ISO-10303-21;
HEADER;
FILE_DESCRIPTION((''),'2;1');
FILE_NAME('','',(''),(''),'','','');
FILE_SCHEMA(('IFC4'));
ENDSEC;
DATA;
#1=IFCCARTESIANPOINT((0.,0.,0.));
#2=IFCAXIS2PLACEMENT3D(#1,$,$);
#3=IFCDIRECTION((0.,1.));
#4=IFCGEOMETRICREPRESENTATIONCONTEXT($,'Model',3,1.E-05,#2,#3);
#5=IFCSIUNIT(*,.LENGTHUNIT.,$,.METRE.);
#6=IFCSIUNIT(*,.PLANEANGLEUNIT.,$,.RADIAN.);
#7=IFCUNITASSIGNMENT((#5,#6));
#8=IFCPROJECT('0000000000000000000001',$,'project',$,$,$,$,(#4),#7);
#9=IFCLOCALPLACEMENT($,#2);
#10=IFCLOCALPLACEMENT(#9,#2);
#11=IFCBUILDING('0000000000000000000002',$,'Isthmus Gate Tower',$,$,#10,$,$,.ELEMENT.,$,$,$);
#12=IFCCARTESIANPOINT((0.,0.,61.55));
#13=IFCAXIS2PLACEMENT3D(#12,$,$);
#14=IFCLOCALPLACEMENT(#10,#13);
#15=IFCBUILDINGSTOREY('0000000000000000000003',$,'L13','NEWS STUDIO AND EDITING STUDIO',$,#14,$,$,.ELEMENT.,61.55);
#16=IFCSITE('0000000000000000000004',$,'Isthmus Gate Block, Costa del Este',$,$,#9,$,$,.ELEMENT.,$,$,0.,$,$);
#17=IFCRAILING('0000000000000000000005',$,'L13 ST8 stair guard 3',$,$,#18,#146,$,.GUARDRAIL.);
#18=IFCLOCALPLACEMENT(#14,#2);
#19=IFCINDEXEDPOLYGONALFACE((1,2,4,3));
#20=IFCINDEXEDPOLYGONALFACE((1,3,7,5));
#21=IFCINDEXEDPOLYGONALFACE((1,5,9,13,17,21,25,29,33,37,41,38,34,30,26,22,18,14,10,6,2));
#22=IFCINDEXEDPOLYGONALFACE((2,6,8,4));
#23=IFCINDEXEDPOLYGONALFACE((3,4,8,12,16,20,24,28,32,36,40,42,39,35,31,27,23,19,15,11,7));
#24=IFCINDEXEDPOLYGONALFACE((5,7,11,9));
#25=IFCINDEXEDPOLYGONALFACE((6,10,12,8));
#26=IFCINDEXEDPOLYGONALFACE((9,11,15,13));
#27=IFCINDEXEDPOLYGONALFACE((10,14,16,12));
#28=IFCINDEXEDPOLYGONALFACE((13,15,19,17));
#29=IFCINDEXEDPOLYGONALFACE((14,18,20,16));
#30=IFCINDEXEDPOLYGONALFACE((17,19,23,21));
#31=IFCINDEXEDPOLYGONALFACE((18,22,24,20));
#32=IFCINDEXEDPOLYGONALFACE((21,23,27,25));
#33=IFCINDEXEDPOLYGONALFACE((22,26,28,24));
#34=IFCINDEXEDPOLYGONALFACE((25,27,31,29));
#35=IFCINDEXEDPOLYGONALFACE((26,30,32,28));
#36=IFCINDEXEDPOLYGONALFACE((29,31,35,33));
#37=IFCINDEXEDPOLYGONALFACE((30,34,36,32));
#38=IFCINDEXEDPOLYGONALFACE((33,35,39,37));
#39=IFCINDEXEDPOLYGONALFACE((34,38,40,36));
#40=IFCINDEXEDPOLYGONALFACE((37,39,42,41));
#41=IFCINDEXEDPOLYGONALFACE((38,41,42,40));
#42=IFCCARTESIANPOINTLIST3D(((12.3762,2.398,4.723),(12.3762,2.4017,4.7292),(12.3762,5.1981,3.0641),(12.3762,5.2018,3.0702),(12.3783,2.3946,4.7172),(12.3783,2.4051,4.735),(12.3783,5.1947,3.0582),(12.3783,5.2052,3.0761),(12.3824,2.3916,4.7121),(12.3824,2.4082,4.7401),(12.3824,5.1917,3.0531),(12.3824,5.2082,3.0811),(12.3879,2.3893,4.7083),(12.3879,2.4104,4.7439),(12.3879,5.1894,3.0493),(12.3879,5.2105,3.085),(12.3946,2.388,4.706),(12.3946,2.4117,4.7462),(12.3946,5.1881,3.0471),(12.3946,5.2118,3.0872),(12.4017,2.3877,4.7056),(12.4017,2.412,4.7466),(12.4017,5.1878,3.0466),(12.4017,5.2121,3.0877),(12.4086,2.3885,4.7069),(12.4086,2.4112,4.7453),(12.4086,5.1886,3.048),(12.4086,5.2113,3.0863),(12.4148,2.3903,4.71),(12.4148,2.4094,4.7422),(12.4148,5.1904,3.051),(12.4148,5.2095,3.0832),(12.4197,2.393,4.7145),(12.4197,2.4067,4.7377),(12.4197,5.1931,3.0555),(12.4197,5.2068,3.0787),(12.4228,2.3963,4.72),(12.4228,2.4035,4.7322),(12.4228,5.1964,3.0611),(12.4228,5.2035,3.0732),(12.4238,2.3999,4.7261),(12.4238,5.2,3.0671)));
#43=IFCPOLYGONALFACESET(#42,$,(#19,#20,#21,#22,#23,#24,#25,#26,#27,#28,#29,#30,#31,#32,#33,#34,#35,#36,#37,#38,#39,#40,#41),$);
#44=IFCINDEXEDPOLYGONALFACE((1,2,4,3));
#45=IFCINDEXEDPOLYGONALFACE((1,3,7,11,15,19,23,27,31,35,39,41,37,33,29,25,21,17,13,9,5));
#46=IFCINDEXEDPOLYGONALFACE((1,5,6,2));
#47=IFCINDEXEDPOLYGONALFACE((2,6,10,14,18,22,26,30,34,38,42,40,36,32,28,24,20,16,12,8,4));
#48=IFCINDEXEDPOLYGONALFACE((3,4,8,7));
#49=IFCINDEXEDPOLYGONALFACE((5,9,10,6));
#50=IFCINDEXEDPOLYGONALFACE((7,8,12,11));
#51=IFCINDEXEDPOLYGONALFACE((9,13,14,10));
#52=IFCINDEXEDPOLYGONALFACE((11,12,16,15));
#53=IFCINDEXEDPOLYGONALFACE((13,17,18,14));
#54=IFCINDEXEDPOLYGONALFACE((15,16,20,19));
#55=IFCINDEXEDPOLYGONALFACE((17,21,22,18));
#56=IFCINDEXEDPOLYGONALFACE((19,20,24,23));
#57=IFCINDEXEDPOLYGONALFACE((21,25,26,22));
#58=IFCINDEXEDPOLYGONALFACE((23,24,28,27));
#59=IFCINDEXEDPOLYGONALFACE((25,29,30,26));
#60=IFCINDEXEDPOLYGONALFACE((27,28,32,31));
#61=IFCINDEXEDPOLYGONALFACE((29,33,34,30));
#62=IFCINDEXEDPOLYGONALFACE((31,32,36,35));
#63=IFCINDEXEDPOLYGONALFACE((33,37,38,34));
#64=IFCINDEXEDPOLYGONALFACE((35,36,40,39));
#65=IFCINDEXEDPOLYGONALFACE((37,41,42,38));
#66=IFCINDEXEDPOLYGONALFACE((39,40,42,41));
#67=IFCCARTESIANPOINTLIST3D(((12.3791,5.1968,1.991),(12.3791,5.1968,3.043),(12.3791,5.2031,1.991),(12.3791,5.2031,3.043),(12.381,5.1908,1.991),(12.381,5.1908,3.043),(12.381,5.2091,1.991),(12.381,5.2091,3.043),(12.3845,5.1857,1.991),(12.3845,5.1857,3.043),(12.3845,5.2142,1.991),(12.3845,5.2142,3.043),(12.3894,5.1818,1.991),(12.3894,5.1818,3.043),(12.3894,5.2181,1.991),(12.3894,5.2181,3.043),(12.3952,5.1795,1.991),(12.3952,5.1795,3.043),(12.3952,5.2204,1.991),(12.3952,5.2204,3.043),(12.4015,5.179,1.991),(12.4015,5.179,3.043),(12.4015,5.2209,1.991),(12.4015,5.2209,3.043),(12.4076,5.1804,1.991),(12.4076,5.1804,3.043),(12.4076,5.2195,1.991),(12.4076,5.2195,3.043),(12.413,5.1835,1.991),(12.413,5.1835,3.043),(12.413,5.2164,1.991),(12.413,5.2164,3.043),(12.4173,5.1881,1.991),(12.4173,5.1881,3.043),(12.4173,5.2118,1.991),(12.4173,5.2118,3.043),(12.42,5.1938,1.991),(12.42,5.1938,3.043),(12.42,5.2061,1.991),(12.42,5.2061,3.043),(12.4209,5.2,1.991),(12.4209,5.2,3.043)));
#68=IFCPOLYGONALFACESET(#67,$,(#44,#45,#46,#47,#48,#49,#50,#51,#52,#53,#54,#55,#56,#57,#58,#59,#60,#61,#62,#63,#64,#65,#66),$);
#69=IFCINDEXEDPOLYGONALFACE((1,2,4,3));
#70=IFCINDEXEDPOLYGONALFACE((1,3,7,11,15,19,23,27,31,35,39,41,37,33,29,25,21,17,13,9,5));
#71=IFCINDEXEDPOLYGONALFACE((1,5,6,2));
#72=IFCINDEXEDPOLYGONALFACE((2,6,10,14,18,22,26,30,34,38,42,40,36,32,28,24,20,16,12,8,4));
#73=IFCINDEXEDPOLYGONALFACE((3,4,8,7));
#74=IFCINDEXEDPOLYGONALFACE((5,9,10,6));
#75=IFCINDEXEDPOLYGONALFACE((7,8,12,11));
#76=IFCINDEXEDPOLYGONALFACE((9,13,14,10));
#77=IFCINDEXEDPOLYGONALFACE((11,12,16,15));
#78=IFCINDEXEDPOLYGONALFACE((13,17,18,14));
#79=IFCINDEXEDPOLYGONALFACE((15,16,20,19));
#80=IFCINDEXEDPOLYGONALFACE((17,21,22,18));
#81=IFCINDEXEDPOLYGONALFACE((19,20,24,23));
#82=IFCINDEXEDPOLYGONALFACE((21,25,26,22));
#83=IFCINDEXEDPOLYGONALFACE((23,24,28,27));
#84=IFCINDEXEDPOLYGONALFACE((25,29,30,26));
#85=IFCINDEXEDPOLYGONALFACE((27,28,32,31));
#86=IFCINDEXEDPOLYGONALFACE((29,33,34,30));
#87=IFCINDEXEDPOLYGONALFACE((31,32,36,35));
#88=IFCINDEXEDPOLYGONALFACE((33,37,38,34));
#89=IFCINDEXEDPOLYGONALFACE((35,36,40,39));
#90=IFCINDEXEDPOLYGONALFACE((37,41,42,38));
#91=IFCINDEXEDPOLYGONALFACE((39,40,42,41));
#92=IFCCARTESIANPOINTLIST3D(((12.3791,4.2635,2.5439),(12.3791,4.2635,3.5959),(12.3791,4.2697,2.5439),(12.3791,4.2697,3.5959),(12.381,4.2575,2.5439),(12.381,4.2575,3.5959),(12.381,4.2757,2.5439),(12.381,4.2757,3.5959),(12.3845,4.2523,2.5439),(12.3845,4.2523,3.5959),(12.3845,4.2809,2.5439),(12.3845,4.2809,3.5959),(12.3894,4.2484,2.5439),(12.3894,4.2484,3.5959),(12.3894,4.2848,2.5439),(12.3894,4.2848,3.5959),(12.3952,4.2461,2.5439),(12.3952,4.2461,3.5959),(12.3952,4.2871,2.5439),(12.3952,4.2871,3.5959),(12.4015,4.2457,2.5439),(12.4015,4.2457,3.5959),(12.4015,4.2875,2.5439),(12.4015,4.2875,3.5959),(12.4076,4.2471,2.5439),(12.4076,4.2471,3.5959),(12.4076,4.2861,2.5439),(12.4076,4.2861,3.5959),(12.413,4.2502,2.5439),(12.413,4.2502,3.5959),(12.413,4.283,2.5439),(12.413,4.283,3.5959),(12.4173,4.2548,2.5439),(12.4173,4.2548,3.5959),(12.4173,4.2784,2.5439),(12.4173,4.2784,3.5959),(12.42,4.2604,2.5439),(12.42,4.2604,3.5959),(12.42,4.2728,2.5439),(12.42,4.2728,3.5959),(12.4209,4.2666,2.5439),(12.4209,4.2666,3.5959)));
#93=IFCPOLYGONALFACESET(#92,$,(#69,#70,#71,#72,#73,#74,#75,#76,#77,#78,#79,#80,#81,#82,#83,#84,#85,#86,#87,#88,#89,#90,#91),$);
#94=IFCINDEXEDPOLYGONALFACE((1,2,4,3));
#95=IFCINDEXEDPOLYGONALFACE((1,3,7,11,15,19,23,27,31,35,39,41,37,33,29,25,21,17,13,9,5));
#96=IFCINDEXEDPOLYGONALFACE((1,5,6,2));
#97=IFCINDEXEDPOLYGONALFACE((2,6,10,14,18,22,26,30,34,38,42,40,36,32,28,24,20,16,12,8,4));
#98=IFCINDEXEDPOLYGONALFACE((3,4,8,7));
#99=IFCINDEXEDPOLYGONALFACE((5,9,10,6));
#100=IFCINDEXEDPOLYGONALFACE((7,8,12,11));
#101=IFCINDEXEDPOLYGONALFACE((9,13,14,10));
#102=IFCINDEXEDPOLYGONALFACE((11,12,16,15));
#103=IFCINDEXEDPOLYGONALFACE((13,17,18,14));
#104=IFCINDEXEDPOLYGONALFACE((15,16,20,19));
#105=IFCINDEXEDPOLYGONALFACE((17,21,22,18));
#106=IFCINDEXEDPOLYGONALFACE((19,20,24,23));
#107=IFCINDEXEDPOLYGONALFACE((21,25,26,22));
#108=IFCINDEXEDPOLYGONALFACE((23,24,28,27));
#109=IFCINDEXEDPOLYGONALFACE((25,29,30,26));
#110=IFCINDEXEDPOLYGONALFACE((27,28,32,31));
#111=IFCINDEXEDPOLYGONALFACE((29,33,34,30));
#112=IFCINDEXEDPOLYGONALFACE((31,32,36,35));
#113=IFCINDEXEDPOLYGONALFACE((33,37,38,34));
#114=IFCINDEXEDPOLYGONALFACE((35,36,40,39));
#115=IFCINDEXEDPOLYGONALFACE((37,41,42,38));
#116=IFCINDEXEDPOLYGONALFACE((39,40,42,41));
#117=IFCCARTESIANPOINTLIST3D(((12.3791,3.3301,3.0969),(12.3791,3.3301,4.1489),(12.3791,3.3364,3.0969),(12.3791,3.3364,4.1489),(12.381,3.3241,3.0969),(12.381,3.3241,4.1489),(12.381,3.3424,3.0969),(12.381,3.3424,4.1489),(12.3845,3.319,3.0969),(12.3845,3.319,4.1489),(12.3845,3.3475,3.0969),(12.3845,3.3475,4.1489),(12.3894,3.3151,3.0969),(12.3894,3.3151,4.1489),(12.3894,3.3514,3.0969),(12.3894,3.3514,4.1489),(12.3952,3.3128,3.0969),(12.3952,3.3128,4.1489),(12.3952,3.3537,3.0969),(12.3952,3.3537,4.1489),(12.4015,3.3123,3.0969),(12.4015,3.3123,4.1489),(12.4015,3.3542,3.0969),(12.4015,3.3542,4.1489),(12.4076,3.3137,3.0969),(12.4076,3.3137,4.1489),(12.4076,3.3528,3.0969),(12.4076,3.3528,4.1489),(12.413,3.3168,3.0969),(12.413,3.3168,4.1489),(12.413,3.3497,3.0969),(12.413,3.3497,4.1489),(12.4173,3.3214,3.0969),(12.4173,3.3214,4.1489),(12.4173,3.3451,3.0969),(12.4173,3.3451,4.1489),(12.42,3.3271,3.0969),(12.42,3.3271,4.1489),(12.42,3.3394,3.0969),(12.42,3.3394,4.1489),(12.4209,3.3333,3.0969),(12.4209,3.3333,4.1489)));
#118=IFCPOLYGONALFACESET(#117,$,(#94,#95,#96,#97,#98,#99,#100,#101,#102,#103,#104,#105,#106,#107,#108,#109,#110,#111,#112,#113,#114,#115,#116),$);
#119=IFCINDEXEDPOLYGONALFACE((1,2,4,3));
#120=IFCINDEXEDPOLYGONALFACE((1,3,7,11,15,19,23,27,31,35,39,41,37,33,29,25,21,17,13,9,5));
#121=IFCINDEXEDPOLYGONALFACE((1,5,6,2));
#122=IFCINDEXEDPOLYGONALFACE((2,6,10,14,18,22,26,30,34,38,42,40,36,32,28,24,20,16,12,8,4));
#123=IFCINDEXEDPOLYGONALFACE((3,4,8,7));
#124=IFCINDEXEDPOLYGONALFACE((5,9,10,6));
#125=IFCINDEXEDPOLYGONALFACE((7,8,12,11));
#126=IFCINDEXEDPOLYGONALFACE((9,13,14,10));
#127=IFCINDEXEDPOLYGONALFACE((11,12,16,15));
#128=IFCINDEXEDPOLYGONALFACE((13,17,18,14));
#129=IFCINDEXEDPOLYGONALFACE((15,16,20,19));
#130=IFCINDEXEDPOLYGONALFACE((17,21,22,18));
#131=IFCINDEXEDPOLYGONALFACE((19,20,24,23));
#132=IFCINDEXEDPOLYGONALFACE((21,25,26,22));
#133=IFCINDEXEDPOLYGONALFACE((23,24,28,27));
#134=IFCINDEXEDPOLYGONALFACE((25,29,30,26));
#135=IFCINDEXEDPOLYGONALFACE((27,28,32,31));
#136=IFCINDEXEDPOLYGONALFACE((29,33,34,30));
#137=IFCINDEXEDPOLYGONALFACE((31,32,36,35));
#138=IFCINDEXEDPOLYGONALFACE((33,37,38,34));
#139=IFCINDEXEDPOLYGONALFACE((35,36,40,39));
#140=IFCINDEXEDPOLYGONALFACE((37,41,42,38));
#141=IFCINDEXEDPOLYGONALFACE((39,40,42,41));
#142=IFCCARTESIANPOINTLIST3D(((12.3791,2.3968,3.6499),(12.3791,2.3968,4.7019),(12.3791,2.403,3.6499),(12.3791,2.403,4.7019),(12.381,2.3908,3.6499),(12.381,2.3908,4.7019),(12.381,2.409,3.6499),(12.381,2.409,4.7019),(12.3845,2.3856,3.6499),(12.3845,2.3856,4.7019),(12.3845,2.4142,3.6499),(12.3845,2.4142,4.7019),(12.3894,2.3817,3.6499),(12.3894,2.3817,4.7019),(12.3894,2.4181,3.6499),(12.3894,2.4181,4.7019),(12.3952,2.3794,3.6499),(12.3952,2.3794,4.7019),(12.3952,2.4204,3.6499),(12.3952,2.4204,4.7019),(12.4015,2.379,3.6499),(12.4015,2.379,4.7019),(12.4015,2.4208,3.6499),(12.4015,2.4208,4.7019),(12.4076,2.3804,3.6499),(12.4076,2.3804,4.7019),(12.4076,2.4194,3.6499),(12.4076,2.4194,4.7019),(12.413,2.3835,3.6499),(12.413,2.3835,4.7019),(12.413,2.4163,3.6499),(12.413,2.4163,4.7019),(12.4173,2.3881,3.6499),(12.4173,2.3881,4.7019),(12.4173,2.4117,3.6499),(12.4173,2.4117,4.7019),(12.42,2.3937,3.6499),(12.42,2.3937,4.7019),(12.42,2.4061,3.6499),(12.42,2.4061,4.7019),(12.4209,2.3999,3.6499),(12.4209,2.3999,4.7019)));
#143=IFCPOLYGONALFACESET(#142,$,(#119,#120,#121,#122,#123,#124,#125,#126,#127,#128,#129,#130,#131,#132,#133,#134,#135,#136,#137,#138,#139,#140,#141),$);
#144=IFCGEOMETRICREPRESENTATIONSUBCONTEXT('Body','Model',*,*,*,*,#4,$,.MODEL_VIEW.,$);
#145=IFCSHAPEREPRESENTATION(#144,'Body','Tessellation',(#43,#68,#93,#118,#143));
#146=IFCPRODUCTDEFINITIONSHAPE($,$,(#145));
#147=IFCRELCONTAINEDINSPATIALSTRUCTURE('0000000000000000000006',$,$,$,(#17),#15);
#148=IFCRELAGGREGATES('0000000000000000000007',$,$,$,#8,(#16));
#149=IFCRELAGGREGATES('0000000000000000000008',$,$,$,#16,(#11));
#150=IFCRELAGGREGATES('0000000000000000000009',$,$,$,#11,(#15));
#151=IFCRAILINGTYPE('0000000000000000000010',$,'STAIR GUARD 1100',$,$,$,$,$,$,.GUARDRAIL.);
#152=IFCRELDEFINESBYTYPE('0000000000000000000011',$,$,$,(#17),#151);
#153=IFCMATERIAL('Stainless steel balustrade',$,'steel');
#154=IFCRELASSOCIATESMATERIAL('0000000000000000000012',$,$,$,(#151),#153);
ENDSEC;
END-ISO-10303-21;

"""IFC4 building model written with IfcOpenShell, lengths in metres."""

from ifc_helpers import new_model, si_unit, direction, frame, origin, origin_2d, place, context, subcontext, project, spatial, circle, extrude, material, type_object, element, save


model = new_model("IFC4")

# Units and contexts
model_context = context("Model", 3, precision=1e-05, world=origin(), true_north=direction((0.0, 1.0)))
body_context = subcontext(model_context, "Body", "Model", "MODEL_VIEW")
ifc_project = project(units=[si_unit("LENGTHUNIT", "METRE"), si_unit("PLANEANGLEUNIT", "RADIAN")], contexts=[model_context])

# Site, building, storey
site_placement = place(None, origin())
site = spatial("IfcSite", under=ifc_project, at=site_placement, Name="Isthmus Gate Block, Costa del Este", CompositionType="ELEMENT", RefElevation=0.0)
building_placement = place(site_placement, origin())
building = spatial("IfcBuilding", under=site, at=building_placement, Name="Isthmus Gate Tower", CompositionType="ELEMENT")
storey_placement = place(building_placement, frame((0.0, 0.0, 61.55)))
storey = spatial("IfcBuildingStorey", under=building, at=storey_placement, Name="L13", Description="NEWS STUDIO AND EDITING STUDIO", CompositionType="ELEMENT", Elevation=61.55)

# Railing
ifc_material_1 = material(Name="Stainless steel balustrade", Category="steel")
railing_type_1 = type_object("IfcRailingType", Name="STAIR GUARD 1100", PredefinedType="GUARDRAIL", material=ifc_material_1)
railing_1_placement = place(storey_placement, frame((12.3999, 5.2, 1.991)))
element("IfcRailing", 1, at=railing_1_placement, inside=storey, type_object=railing_type_1, Name="L13 ST8 stair guard 3", PredefinedType="GUARDRAIL", context=body_context, shape_type="SweptSolid", body=[
    extrude(circle(Radius=0.0239, at=origin_2d()), frame((0.0, 0.0, 1.0762), z_axis=(0.0, -0.860339, 0.509722), x_axis=(1.0, 0.0, 0.0)), (0.0, 0.0, 1.0), 3.2546),
    extrude(circle(Radius=0.021, at=origin_2d()), origin(), (0.0, 0.0, 1.0), 1.052),
    extrude(circle(Radius=0.021, at=origin_2d()), frame((0.0, -0.9333, 0.553)), (0.0, 0.0, 1.0), 1.052),
    extrude(circle(Radius=0.021, at=origin_2d()), frame((0.0, -1.8667, 1.106)), (0.0, 0.0, 1.0), 1.052),
    extrude(circle(Radius=0.021, at=origin_2d()), frame((0.0, -2.8, 1.6589)), (0.0, 0.0, 1.0), 1.052),
])

save(model, "model.ifc")
